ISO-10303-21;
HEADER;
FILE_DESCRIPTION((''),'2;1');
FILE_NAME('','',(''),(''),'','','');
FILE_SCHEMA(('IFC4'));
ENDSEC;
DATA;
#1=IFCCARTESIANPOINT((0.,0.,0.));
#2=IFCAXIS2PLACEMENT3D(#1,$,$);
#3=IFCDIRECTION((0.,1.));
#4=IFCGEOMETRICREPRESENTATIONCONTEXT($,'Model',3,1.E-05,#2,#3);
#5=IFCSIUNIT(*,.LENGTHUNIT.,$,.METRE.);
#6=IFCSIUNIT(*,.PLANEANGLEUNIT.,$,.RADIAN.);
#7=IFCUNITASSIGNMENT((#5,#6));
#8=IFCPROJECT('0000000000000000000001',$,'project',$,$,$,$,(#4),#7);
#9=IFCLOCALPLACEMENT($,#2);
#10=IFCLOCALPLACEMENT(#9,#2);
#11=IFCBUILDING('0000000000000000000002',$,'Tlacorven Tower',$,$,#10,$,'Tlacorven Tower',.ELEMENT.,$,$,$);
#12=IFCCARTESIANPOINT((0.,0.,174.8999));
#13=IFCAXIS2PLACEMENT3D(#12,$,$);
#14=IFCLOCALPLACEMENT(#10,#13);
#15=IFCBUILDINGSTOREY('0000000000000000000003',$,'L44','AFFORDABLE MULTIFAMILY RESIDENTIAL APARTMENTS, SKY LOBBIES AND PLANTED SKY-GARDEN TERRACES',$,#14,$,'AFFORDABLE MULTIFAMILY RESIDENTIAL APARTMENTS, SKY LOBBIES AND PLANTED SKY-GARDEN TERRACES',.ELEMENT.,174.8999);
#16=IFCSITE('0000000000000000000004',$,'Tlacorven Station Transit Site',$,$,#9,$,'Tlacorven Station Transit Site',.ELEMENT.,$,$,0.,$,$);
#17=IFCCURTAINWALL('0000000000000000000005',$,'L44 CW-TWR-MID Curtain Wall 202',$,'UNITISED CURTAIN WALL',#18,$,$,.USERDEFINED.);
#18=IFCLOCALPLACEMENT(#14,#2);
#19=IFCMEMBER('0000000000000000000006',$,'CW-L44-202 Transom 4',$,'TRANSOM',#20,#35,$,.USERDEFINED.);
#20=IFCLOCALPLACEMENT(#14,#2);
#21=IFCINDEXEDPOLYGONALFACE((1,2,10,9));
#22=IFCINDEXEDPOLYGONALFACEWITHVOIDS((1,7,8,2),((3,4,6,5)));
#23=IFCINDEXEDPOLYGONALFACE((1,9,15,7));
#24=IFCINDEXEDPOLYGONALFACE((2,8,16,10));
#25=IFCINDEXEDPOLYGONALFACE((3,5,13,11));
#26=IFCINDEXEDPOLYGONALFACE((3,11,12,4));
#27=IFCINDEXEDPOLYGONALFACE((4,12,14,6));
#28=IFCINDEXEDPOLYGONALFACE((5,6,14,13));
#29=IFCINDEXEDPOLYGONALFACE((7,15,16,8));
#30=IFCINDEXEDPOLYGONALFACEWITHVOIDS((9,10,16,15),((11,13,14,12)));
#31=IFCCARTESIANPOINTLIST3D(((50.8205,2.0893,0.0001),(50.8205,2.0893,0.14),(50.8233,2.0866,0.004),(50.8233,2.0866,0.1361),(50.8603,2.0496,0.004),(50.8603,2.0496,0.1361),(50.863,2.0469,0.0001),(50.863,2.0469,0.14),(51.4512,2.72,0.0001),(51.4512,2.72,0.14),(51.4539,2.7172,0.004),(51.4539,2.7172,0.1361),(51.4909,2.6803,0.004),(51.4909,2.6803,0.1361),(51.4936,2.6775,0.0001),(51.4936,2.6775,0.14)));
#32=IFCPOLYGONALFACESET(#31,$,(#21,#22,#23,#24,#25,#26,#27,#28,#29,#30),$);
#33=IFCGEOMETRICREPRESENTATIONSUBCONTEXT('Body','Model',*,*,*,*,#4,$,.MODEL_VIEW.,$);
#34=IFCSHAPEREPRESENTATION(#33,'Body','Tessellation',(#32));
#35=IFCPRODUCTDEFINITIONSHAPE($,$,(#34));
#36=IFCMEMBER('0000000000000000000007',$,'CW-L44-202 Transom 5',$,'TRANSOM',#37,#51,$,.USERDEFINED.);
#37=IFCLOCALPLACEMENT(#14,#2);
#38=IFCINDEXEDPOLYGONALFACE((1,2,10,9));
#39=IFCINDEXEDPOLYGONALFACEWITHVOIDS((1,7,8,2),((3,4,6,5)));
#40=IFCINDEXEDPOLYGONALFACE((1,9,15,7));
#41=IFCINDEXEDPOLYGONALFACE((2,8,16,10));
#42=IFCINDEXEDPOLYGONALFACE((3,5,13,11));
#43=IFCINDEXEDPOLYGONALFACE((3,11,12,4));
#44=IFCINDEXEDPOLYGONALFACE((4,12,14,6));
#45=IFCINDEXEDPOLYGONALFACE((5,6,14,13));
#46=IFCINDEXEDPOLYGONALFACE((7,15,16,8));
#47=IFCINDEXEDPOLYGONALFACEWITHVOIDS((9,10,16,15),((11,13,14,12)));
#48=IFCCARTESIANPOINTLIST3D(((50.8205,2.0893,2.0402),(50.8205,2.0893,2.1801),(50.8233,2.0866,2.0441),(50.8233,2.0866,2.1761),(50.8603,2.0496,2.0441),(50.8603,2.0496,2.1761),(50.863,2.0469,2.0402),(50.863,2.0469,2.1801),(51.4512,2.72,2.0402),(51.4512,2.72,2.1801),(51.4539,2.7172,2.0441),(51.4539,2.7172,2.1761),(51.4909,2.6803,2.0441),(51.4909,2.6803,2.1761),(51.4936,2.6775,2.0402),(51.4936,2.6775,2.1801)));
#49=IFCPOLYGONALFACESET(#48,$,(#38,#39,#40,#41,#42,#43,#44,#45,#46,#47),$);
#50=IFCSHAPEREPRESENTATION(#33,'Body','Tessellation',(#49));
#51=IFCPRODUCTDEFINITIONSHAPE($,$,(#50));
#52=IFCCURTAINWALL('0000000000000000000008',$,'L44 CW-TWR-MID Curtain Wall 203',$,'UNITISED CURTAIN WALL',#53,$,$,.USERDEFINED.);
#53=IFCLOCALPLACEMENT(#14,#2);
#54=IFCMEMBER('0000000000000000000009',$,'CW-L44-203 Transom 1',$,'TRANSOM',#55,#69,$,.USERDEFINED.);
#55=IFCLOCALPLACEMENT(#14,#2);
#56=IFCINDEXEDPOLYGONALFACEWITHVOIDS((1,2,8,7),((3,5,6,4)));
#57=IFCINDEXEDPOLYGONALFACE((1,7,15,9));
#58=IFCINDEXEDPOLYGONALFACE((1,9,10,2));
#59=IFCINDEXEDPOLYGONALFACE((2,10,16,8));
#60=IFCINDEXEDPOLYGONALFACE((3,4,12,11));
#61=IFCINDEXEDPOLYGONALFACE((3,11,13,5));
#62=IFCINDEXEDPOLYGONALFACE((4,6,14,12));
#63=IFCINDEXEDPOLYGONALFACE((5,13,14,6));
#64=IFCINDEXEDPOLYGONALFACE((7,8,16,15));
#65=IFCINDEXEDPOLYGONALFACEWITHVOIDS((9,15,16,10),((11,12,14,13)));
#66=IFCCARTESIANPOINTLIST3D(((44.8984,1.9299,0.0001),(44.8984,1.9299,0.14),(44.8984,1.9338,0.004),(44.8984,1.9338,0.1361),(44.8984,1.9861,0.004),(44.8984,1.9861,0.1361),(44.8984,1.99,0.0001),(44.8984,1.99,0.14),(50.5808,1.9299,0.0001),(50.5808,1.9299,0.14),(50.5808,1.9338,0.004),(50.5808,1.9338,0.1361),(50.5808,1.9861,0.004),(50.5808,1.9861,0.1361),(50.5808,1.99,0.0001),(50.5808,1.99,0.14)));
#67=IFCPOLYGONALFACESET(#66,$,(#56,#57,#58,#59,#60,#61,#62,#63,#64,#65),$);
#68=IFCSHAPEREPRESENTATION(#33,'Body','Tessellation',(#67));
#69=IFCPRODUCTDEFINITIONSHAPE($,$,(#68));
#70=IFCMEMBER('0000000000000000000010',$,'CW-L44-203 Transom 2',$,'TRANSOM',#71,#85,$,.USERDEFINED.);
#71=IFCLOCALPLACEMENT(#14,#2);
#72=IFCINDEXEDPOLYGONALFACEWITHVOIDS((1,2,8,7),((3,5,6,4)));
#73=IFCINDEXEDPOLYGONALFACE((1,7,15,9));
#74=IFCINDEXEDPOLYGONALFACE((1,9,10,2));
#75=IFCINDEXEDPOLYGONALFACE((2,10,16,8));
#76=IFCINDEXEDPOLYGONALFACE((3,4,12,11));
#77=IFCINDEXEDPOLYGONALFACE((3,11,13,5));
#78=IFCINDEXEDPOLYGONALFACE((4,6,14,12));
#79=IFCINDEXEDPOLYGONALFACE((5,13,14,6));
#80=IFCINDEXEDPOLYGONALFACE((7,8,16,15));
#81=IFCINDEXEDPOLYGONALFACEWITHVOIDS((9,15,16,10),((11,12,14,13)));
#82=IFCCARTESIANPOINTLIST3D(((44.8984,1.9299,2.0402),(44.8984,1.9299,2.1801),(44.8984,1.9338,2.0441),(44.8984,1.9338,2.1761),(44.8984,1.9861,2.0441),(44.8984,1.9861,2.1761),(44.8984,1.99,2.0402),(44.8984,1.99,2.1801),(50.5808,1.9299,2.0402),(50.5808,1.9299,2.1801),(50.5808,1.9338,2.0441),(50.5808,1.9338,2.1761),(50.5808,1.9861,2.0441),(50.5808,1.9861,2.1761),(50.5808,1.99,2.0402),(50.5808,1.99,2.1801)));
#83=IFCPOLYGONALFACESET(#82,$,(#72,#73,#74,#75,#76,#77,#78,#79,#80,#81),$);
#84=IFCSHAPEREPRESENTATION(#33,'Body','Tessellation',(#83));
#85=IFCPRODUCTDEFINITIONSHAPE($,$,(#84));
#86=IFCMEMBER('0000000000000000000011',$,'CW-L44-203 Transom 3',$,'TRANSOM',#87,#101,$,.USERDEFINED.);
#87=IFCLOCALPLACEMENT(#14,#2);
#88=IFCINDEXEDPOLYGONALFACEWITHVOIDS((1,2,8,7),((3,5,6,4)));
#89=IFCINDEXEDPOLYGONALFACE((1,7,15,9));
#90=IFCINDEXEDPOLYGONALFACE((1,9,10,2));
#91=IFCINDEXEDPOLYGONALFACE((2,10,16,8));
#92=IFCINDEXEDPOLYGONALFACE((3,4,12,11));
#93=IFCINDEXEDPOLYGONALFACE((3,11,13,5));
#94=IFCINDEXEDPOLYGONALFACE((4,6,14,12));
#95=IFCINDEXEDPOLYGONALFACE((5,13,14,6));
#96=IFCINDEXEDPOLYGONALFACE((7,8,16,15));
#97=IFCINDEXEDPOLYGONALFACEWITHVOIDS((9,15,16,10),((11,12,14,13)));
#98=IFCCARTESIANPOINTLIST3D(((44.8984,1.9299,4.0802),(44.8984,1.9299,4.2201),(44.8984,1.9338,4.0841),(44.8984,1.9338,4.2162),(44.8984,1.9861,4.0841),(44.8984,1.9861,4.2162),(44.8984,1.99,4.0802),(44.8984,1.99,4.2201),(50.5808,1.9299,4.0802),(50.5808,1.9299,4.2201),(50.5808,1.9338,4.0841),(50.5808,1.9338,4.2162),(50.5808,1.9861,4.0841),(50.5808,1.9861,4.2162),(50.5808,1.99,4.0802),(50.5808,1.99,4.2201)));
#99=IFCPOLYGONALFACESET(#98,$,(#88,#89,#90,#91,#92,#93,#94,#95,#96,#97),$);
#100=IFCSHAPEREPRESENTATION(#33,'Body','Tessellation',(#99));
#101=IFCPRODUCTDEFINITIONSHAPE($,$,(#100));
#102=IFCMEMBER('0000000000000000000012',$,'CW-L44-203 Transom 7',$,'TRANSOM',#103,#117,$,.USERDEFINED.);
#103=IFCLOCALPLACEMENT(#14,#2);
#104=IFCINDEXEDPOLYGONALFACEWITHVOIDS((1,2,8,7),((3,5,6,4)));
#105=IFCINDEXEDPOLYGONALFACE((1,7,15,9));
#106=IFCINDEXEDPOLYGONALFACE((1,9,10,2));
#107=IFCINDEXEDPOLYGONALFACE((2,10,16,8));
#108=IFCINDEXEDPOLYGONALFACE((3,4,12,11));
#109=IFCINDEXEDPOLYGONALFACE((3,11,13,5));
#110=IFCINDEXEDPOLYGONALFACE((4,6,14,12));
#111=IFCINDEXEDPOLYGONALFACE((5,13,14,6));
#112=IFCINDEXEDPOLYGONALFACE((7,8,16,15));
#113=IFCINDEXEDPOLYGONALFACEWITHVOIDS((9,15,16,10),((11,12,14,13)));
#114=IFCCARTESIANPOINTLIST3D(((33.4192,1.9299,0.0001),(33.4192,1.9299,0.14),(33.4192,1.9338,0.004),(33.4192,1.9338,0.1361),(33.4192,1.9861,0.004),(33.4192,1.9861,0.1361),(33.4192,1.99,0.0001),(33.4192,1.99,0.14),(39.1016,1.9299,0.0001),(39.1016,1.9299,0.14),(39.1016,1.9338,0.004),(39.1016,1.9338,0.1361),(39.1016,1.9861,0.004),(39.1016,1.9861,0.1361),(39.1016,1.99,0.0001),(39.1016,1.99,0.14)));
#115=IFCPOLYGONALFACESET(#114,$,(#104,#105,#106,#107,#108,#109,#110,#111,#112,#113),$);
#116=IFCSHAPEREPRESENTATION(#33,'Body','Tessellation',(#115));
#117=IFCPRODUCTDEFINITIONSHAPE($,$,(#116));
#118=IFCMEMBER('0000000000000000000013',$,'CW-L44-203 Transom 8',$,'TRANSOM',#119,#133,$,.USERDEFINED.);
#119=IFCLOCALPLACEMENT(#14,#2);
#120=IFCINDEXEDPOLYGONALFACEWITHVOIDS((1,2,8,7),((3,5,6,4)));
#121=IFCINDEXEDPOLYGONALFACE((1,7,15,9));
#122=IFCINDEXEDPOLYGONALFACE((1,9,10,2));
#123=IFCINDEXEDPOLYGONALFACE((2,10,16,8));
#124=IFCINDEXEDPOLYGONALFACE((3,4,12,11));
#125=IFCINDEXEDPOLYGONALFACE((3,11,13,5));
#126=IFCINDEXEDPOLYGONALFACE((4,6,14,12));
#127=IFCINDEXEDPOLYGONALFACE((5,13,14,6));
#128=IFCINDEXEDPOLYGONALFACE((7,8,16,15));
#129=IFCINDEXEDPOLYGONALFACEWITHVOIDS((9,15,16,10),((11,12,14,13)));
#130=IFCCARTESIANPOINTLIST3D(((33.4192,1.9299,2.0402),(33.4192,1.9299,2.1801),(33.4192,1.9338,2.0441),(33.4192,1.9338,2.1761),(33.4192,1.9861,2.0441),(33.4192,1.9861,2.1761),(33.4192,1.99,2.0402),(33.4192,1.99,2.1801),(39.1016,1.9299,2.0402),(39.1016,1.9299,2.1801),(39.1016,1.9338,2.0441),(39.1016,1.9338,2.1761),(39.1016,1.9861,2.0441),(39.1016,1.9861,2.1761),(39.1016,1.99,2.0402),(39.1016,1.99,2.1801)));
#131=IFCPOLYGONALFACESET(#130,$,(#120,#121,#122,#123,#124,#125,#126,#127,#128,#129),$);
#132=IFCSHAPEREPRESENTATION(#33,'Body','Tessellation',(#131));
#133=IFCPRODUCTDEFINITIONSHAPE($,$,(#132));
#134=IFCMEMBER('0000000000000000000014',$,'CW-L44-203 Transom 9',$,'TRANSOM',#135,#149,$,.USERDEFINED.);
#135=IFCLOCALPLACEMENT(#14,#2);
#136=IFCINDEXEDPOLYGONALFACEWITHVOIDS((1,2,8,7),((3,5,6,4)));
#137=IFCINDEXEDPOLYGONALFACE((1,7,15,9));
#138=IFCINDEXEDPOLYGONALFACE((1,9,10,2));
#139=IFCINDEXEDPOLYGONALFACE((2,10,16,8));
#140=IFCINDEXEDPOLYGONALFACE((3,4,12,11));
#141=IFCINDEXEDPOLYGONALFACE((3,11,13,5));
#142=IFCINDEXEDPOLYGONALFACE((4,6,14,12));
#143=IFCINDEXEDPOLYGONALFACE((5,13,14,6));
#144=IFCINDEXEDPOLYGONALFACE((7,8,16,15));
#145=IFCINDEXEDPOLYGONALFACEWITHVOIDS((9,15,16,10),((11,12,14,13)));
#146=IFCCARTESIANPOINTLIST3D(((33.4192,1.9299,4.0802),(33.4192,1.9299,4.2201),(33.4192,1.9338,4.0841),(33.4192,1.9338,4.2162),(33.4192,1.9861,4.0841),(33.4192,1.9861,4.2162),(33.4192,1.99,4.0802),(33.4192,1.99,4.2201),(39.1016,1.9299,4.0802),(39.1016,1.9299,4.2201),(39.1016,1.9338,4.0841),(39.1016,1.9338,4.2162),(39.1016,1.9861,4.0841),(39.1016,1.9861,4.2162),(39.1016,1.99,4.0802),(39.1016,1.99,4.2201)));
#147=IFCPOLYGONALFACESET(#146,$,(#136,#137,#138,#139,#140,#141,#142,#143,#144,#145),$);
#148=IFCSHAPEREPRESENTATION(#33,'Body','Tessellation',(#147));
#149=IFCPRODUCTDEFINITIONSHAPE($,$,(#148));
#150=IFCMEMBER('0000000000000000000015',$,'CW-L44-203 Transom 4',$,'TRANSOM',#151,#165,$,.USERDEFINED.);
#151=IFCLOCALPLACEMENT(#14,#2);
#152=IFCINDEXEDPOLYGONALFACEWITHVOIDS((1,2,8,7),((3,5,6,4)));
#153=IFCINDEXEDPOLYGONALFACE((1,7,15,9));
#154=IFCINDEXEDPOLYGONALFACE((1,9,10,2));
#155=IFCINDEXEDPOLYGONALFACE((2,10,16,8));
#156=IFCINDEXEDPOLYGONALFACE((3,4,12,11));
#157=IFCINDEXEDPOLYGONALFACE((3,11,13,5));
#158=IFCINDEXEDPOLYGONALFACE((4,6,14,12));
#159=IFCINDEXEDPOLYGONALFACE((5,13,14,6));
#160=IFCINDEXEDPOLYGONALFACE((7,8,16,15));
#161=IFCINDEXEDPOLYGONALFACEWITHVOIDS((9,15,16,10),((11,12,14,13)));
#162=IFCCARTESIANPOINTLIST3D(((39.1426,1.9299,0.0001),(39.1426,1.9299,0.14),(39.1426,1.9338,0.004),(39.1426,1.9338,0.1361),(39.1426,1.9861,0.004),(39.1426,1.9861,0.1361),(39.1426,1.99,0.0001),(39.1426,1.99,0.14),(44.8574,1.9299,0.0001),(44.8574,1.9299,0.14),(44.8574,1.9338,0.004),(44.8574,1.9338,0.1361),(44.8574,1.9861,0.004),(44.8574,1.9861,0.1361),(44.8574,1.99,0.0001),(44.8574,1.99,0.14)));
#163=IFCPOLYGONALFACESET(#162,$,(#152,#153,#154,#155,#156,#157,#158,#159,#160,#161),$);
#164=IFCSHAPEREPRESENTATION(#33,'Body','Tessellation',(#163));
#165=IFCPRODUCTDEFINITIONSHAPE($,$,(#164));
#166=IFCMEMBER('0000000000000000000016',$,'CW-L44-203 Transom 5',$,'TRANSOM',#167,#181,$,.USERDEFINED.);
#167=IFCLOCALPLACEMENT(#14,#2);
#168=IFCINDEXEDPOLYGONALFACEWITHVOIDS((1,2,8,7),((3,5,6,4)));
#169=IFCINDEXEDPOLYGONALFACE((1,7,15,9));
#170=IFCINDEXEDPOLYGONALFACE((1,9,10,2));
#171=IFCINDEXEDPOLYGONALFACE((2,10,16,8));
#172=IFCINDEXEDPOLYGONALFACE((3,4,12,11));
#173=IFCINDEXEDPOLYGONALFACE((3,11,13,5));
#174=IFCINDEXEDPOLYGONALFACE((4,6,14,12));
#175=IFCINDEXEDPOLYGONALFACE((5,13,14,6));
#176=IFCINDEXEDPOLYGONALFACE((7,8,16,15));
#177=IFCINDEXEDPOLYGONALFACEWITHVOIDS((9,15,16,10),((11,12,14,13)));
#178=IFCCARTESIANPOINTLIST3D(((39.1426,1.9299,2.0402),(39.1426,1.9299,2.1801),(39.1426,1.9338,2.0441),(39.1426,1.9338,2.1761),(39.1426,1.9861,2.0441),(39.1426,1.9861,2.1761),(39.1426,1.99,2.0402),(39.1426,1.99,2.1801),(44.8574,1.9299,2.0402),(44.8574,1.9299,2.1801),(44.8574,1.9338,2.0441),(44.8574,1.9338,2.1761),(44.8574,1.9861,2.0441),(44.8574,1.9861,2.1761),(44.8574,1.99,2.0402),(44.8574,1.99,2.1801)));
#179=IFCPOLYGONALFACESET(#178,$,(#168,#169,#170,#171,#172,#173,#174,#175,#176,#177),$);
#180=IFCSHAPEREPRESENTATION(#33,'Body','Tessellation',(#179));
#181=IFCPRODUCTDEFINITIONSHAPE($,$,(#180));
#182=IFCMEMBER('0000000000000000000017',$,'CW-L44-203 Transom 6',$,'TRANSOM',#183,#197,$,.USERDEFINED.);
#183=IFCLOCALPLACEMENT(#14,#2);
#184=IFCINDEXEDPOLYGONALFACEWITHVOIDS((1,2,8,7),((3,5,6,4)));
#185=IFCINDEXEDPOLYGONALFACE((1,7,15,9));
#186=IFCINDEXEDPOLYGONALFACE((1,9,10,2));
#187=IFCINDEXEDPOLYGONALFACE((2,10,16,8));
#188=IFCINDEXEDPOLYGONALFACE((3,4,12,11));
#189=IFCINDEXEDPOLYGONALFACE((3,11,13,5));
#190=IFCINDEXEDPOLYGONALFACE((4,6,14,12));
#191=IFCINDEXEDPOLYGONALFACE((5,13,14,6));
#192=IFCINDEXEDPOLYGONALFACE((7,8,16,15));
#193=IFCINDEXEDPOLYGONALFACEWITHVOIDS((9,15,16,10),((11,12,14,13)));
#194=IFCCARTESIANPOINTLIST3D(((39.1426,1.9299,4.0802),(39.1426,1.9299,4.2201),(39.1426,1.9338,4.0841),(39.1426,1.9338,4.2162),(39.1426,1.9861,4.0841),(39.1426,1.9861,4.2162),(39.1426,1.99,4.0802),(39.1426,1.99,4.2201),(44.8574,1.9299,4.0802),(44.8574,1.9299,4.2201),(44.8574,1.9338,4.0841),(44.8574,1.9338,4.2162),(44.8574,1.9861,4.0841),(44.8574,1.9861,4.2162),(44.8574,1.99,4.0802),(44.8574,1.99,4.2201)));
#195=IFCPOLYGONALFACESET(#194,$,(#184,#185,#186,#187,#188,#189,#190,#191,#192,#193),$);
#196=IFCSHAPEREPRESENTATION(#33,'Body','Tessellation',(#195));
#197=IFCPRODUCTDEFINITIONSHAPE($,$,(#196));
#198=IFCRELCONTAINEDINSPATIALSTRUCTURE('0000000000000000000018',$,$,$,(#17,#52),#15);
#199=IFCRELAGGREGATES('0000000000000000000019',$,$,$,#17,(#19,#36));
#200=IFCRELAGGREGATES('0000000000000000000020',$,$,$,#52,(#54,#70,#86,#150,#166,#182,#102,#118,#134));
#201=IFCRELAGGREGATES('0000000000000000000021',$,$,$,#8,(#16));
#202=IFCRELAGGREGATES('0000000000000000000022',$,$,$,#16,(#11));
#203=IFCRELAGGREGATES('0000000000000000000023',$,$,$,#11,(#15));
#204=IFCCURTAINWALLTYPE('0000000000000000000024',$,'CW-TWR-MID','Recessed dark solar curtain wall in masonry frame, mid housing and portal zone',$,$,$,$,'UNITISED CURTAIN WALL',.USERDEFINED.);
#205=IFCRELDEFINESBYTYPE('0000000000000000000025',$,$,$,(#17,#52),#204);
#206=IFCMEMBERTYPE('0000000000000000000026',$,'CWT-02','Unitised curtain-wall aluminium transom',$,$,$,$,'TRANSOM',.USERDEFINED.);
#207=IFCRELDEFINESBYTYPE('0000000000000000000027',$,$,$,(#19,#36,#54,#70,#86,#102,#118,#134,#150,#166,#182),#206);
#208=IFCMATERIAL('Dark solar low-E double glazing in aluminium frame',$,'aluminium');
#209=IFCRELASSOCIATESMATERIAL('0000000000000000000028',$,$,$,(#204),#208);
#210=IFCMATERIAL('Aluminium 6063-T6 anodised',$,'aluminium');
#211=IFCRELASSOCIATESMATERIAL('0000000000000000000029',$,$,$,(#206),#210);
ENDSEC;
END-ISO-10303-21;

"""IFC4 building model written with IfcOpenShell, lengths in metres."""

from ifc_helpers import new_model, si_unit, direction, frame, origin, origin_2d, place, context, subcontext, project, spatial, hollow_rectangle, extrude, source, transform, mapped, material, material_profile, profile_set, type_object, element, aggregate, save


model = new_model("IFC4")

# Units and contexts
model_context = context("Model", 3, precision=1e-05, world=origin(), true_north=direction((0.0, 1.0)))
body_context = subcontext(model_context, "Body", "Model", "MODEL_VIEW")
ifc_project = project(units=[si_unit("LENGTHUNIT", "METRE"), si_unit("PLANEANGLEUNIT", "RADIAN")], contexts=[model_context])

# Site, building, storey
site_placement = place(None, origin())
site = spatial("IfcSite", under=ifc_project, at=site_placement, Name="Tlacorven Station Transit Site", LongName="Tlacorven Station Transit Site", CompositionType="ELEMENT", RefElevation=0.0)
building_placement = place(site_placement, origin())
building = spatial("IfcBuilding", under=site, at=building_placement, Name="Tlacorven Tower", LongName="Tlacorven Tower", CompositionType="ELEMENT")
storey_placement = place(building_placement, frame((0.0, 0.0, 174.8999)))
storey = spatial("IfcBuildingStorey", under=building, at=storey_placement, Name="L44", Description="AFFORDABLE MULTIFAMILY RESIDENTIAL APARTMENTS, SKY LOBBIES AND PLANTED SKY-GARDEN TERRACES", LongName="AFFORDABLE MULTIFAMILY RESIDENTIAL APARTMENTS, SKY LOBBIES AND PLANTED SKY-GARDEN TERRACES", CompositionType="ELEMENT", Elevation=174.8999)

# Curtain walls, members
ifc_material_1 = material(Name="Dark solar low-E double glazing in aluminium frame", Category="aluminium")
curtain_wall_type = type_object("IfcCurtainWallType", Name="CW-TWR-MID", Description="Recessed dark solar curtain wall in masonry frame, mid housing and portal zone", ElementType="UNITISED CURTAIN WALL", PredefinedType="USERDEFINED", material=ifc_material_1)
curtain_wall_1_placement = place(storey_placement, origin())
curtain_wall_1 = element("IfcCurtainWall", 1, at=curtain_wall_1_placement, inside=storey, type_object=curtain_wall_type, Name="L44 CW-TWR-MID Curtain Wall 202", ObjectType="UNITISED CURTAIN WALL", PredefinedType="USERDEFINED")
ifc_material_2 = material(Name="Aluminium 6063-T6 anodised", Category="aluminium")
ifc_material_profile_1 = material_profile(ifc_material_2, hollow_rectangle(XDim=0.0601, YDim=0.1399, WallThickness=0.0039, at=origin_2d()), Name="ALU TRANSOM 60X140")
ifc_profile_set_1 = profile_set([ifc_material_profile_1], Name="Aluminium 6063-T6 anodised")
member_type_1 = type_object("IfcMemberType", Name="CWT-02", Description="Unitised curtain-wall aluminium transom", ElementType="TRANSOM", PredefinedType="USERDEFINED", material=ifc_profile_set_1)
shared_shape_1 = source(origin(), body_context, "Body", "SweptSolid", [
    extrude(hollow_rectangle(XDim=0.0601, YDim=0.1399, WallThickness=0.0039, at=origin_2d()), origin(), (0.0, 0.0, 1.0), 0.8918),
])
member_1_placement = place(storey_placement, frame((51.4724, 2.6987, 0.0701), z_axis=(-0.707107, -0.707107, 0.0), x_axis=(0.707107, -0.707107, 0.0)))
member_1 = element("IfcMember", 2, at=member_1_placement, type_object=member_type_1, Name="CW-L44-202 Transom 4", ObjectType="TRANSOM", PredefinedType="USERDEFINED", context=body_context, shape_type="MappedRepresentation", body=[
    mapped(shared_shape_1, transform((0.0, 0.0, 0.0), scale=1.0)),
])
member_2_placement = place(storey_placement, frame((51.4724, 2.6987, 2.1101), z_axis=(-0.707107, -0.707107, 0.0), x_axis=(0.707107, -0.707107, 0.0)))
member_2 = element("IfcMember", 3, at=member_2_placement, type_object=member_type_1, Name="CW-L44-202 Transom 5", ObjectType="TRANSOM", PredefinedType="USERDEFINED", context=body_context, shape_type="MappedRepresentation", body=[
    mapped(shared_shape_1, transform((0.0, 0.0, 0.0), scale=1.0)),
])
curtain_wall_2_placement = place(storey_placement, origin())
curtain_wall_2 = element("IfcCurtainWall", 4, at=curtain_wall_2_placement, inside=storey, type_object=curtain_wall_type, Name="L44 CW-TWR-MID Curtain Wall 203", ObjectType="UNITISED CURTAIN WALL", PredefinedType="USERDEFINED")
shared_shape_2 = source(origin(), body_context, "Body", "SweptSolid", [
    extrude(hollow_rectangle(XDim=0.0601, YDim=0.1399, WallThickness=0.0039, at=origin_2d()), origin(), (0.0, 0.0, 1.0), 5.6824),
])
member_3_placement = place(storey_placement, frame((50.5808, 1.96, 0.0701), z_axis=(-1.0, 0.0, 0.0), x_axis=(0.0, -1.0, 0.0)))
member_3 = element("IfcMember", 5, at=member_3_placement, type_object=member_type_1, Name="CW-L44-203 Transom 1", ObjectType="TRANSOM", PredefinedType="USERDEFINED", context=body_context, shape_type="MappedRepresentation", body=[
    mapped(shared_shape_2, transform((0.0, 0.0, 0.0), scale=1.0)),
])
member_4_placement = place(storey_placement, frame((50.5808, 1.96, 2.1101), z_axis=(-1.0, 0.0, 0.0), x_axis=(0.0, -1.0, 0.0)))
member_4 = element("IfcMember", 6, at=member_4_placement, type_object=member_type_1, Name="CW-L44-203 Transom 2", ObjectType="TRANSOM", PredefinedType="USERDEFINED", context=body_context, shape_type="MappedRepresentation", body=[
    mapped(shared_shape_2, transform((0.0, 0.0, 0.0), scale=1.0)),
])
member_5_placement = place(storey_placement, frame((50.5808, 1.96, 4.1501), z_axis=(-1.0, 0.0, 0.0), x_axis=(0.0, -1.0, 0.0)))
member_5 = element("IfcMember", 7, at=member_5_placement, type_object=member_type_1, Name="CW-L44-203 Transom 3", ObjectType="TRANSOM", PredefinedType="USERDEFINED", context=body_context, shape_type="MappedRepresentation", body=[
    mapped(shared_shape_2, transform((0.0, 0.0, 0.0), scale=1.0)),
])
member_6_placement = place(storey_placement, frame((39.1016, 1.96, 0.0701), z_axis=(-1.0, 0.0, 0.0), x_axis=(0.0, -1.0, 0.0)))
member_6 = element("IfcMember", 8, at=member_6_placement, type_object=member_type_1, Name="CW-L44-203 Transom 7", ObjectType="TRANSOM", PredefinedType="USERDEFINED", context=body_context, shape_type="MappedRepresentation", body=[
    mapped(shared_shape_2, transform((0.0, 0.0, 0.0), scale=1.0)),
])
member_7_placement = place(storey_placement, frame((39.1016, 1.96, 2.1101), z_axis=(-1.0, 0.0, 0.0), x_axis=(0.0, -1.0, 0.0)))
member_7 = element("IfcMember", 9, at=member_7_placement, type_object=member_type_1, Name="CW-L44-203 Transom 8", ObjectType="TRANSOM", PredefinedType="USERDEFINED", context=body_context, shape_type="MappedRepresentation", body=[
    mapped(shared_shape_2, transform((0.0, 0.0, 0.0), scale=1.0)),
])
member_8_placement = place(storey_placement, frame((39.1016, 1.96, 4.1501), z_axis=(-1.0, 0.0, 0.0), x_axis=(0.0, -1.0, 0.0)))
member_8 = element("IfcMember", 10, at=member_8_placement, type_object=member_type_1, Name="CW-L44-203 Transom 9", ObjectType="TRANSOM", PredefinedType="USERDEFINED", context=body_context, shape_type="MappedRepresentation", body=[
    mapped(shared_shape_2, transform((0.0, 0.0, 0.0), scale=1.0)),
])
shared_shape_3 = source(origin(), body_context, "Body", "SweptSolid", [
    extrude(hollow_rectangle(XDim=0.0601, YDim=0.1399, WallThickness=0.0039, at=origin_2d()), origin(), (0.0, 0.0, 1.0), 5.7148),
])
member_9_placement = place(storey_placement, frame((44.8574, 1.96, 0.0701), z_axis=(-1.0, 0.0, 0.0), x_axis=(0.0, -1.0, 0.0)))
member_9 = element("IfcMember", 11, at=member_9_placement, type_object=member_type_1, Name="CW-L44-203 Transom 4", ObjectType="TRANSOM", PredefinedType="USERDEFINED", context=body_context, shape_type="MappedRepresentation", body=[
    mapped(shared_shape_3, transform((0.0, 0.0, 0.0), scale=1.0)),
])
member_10_placement = place(storey_placement, frame((44.8574, 1.96, 2.1101), z_axis=(-1.0, 0.0, 0.0), x_axis=(0.0, -1.0, 0.0)))
member_10 = element("IfcMember", 12, at=member_10_placement, type_object=member_type_1, Name="CW-L44-203 Transom 5", ObjectType="TRANSOM", PredefinedType="USERDEFINED", context=body_context, shape_type="MappedRepresentation", body=[
    mapped(shared_shape_3, transform((0.0, 0.0, 0.0), scale=1.0)),
])
member_11_placement = place(storey_placement, frame((44.8574, 1.96, 4.1501), z_axis=(-1.0, 0.0, 0.0), x_axis=(0.0, -1.0, 0.0)))
member_11 = element("IfcMember", 13, at=member_11_placement, type_object=member_type_1, Name="CW-L44-203 Transom 6", ObjectType="TRANSOM", PredefinedType="USERDEFINED", context=body_context, shape_type="MappedRepresentation", body=[
    mapped(shared_shape_3, transform((0.0, 0.0, 0.0), scale=1.0)),
])

aggregate(curtain_wall_1, [member_1, member_2])
aggregate(curtain_wall_2, [member_3, member_4, member_5, member_9, member_10, member_11, member_6, member_7, member_8])

save(model, "model.ifc")
